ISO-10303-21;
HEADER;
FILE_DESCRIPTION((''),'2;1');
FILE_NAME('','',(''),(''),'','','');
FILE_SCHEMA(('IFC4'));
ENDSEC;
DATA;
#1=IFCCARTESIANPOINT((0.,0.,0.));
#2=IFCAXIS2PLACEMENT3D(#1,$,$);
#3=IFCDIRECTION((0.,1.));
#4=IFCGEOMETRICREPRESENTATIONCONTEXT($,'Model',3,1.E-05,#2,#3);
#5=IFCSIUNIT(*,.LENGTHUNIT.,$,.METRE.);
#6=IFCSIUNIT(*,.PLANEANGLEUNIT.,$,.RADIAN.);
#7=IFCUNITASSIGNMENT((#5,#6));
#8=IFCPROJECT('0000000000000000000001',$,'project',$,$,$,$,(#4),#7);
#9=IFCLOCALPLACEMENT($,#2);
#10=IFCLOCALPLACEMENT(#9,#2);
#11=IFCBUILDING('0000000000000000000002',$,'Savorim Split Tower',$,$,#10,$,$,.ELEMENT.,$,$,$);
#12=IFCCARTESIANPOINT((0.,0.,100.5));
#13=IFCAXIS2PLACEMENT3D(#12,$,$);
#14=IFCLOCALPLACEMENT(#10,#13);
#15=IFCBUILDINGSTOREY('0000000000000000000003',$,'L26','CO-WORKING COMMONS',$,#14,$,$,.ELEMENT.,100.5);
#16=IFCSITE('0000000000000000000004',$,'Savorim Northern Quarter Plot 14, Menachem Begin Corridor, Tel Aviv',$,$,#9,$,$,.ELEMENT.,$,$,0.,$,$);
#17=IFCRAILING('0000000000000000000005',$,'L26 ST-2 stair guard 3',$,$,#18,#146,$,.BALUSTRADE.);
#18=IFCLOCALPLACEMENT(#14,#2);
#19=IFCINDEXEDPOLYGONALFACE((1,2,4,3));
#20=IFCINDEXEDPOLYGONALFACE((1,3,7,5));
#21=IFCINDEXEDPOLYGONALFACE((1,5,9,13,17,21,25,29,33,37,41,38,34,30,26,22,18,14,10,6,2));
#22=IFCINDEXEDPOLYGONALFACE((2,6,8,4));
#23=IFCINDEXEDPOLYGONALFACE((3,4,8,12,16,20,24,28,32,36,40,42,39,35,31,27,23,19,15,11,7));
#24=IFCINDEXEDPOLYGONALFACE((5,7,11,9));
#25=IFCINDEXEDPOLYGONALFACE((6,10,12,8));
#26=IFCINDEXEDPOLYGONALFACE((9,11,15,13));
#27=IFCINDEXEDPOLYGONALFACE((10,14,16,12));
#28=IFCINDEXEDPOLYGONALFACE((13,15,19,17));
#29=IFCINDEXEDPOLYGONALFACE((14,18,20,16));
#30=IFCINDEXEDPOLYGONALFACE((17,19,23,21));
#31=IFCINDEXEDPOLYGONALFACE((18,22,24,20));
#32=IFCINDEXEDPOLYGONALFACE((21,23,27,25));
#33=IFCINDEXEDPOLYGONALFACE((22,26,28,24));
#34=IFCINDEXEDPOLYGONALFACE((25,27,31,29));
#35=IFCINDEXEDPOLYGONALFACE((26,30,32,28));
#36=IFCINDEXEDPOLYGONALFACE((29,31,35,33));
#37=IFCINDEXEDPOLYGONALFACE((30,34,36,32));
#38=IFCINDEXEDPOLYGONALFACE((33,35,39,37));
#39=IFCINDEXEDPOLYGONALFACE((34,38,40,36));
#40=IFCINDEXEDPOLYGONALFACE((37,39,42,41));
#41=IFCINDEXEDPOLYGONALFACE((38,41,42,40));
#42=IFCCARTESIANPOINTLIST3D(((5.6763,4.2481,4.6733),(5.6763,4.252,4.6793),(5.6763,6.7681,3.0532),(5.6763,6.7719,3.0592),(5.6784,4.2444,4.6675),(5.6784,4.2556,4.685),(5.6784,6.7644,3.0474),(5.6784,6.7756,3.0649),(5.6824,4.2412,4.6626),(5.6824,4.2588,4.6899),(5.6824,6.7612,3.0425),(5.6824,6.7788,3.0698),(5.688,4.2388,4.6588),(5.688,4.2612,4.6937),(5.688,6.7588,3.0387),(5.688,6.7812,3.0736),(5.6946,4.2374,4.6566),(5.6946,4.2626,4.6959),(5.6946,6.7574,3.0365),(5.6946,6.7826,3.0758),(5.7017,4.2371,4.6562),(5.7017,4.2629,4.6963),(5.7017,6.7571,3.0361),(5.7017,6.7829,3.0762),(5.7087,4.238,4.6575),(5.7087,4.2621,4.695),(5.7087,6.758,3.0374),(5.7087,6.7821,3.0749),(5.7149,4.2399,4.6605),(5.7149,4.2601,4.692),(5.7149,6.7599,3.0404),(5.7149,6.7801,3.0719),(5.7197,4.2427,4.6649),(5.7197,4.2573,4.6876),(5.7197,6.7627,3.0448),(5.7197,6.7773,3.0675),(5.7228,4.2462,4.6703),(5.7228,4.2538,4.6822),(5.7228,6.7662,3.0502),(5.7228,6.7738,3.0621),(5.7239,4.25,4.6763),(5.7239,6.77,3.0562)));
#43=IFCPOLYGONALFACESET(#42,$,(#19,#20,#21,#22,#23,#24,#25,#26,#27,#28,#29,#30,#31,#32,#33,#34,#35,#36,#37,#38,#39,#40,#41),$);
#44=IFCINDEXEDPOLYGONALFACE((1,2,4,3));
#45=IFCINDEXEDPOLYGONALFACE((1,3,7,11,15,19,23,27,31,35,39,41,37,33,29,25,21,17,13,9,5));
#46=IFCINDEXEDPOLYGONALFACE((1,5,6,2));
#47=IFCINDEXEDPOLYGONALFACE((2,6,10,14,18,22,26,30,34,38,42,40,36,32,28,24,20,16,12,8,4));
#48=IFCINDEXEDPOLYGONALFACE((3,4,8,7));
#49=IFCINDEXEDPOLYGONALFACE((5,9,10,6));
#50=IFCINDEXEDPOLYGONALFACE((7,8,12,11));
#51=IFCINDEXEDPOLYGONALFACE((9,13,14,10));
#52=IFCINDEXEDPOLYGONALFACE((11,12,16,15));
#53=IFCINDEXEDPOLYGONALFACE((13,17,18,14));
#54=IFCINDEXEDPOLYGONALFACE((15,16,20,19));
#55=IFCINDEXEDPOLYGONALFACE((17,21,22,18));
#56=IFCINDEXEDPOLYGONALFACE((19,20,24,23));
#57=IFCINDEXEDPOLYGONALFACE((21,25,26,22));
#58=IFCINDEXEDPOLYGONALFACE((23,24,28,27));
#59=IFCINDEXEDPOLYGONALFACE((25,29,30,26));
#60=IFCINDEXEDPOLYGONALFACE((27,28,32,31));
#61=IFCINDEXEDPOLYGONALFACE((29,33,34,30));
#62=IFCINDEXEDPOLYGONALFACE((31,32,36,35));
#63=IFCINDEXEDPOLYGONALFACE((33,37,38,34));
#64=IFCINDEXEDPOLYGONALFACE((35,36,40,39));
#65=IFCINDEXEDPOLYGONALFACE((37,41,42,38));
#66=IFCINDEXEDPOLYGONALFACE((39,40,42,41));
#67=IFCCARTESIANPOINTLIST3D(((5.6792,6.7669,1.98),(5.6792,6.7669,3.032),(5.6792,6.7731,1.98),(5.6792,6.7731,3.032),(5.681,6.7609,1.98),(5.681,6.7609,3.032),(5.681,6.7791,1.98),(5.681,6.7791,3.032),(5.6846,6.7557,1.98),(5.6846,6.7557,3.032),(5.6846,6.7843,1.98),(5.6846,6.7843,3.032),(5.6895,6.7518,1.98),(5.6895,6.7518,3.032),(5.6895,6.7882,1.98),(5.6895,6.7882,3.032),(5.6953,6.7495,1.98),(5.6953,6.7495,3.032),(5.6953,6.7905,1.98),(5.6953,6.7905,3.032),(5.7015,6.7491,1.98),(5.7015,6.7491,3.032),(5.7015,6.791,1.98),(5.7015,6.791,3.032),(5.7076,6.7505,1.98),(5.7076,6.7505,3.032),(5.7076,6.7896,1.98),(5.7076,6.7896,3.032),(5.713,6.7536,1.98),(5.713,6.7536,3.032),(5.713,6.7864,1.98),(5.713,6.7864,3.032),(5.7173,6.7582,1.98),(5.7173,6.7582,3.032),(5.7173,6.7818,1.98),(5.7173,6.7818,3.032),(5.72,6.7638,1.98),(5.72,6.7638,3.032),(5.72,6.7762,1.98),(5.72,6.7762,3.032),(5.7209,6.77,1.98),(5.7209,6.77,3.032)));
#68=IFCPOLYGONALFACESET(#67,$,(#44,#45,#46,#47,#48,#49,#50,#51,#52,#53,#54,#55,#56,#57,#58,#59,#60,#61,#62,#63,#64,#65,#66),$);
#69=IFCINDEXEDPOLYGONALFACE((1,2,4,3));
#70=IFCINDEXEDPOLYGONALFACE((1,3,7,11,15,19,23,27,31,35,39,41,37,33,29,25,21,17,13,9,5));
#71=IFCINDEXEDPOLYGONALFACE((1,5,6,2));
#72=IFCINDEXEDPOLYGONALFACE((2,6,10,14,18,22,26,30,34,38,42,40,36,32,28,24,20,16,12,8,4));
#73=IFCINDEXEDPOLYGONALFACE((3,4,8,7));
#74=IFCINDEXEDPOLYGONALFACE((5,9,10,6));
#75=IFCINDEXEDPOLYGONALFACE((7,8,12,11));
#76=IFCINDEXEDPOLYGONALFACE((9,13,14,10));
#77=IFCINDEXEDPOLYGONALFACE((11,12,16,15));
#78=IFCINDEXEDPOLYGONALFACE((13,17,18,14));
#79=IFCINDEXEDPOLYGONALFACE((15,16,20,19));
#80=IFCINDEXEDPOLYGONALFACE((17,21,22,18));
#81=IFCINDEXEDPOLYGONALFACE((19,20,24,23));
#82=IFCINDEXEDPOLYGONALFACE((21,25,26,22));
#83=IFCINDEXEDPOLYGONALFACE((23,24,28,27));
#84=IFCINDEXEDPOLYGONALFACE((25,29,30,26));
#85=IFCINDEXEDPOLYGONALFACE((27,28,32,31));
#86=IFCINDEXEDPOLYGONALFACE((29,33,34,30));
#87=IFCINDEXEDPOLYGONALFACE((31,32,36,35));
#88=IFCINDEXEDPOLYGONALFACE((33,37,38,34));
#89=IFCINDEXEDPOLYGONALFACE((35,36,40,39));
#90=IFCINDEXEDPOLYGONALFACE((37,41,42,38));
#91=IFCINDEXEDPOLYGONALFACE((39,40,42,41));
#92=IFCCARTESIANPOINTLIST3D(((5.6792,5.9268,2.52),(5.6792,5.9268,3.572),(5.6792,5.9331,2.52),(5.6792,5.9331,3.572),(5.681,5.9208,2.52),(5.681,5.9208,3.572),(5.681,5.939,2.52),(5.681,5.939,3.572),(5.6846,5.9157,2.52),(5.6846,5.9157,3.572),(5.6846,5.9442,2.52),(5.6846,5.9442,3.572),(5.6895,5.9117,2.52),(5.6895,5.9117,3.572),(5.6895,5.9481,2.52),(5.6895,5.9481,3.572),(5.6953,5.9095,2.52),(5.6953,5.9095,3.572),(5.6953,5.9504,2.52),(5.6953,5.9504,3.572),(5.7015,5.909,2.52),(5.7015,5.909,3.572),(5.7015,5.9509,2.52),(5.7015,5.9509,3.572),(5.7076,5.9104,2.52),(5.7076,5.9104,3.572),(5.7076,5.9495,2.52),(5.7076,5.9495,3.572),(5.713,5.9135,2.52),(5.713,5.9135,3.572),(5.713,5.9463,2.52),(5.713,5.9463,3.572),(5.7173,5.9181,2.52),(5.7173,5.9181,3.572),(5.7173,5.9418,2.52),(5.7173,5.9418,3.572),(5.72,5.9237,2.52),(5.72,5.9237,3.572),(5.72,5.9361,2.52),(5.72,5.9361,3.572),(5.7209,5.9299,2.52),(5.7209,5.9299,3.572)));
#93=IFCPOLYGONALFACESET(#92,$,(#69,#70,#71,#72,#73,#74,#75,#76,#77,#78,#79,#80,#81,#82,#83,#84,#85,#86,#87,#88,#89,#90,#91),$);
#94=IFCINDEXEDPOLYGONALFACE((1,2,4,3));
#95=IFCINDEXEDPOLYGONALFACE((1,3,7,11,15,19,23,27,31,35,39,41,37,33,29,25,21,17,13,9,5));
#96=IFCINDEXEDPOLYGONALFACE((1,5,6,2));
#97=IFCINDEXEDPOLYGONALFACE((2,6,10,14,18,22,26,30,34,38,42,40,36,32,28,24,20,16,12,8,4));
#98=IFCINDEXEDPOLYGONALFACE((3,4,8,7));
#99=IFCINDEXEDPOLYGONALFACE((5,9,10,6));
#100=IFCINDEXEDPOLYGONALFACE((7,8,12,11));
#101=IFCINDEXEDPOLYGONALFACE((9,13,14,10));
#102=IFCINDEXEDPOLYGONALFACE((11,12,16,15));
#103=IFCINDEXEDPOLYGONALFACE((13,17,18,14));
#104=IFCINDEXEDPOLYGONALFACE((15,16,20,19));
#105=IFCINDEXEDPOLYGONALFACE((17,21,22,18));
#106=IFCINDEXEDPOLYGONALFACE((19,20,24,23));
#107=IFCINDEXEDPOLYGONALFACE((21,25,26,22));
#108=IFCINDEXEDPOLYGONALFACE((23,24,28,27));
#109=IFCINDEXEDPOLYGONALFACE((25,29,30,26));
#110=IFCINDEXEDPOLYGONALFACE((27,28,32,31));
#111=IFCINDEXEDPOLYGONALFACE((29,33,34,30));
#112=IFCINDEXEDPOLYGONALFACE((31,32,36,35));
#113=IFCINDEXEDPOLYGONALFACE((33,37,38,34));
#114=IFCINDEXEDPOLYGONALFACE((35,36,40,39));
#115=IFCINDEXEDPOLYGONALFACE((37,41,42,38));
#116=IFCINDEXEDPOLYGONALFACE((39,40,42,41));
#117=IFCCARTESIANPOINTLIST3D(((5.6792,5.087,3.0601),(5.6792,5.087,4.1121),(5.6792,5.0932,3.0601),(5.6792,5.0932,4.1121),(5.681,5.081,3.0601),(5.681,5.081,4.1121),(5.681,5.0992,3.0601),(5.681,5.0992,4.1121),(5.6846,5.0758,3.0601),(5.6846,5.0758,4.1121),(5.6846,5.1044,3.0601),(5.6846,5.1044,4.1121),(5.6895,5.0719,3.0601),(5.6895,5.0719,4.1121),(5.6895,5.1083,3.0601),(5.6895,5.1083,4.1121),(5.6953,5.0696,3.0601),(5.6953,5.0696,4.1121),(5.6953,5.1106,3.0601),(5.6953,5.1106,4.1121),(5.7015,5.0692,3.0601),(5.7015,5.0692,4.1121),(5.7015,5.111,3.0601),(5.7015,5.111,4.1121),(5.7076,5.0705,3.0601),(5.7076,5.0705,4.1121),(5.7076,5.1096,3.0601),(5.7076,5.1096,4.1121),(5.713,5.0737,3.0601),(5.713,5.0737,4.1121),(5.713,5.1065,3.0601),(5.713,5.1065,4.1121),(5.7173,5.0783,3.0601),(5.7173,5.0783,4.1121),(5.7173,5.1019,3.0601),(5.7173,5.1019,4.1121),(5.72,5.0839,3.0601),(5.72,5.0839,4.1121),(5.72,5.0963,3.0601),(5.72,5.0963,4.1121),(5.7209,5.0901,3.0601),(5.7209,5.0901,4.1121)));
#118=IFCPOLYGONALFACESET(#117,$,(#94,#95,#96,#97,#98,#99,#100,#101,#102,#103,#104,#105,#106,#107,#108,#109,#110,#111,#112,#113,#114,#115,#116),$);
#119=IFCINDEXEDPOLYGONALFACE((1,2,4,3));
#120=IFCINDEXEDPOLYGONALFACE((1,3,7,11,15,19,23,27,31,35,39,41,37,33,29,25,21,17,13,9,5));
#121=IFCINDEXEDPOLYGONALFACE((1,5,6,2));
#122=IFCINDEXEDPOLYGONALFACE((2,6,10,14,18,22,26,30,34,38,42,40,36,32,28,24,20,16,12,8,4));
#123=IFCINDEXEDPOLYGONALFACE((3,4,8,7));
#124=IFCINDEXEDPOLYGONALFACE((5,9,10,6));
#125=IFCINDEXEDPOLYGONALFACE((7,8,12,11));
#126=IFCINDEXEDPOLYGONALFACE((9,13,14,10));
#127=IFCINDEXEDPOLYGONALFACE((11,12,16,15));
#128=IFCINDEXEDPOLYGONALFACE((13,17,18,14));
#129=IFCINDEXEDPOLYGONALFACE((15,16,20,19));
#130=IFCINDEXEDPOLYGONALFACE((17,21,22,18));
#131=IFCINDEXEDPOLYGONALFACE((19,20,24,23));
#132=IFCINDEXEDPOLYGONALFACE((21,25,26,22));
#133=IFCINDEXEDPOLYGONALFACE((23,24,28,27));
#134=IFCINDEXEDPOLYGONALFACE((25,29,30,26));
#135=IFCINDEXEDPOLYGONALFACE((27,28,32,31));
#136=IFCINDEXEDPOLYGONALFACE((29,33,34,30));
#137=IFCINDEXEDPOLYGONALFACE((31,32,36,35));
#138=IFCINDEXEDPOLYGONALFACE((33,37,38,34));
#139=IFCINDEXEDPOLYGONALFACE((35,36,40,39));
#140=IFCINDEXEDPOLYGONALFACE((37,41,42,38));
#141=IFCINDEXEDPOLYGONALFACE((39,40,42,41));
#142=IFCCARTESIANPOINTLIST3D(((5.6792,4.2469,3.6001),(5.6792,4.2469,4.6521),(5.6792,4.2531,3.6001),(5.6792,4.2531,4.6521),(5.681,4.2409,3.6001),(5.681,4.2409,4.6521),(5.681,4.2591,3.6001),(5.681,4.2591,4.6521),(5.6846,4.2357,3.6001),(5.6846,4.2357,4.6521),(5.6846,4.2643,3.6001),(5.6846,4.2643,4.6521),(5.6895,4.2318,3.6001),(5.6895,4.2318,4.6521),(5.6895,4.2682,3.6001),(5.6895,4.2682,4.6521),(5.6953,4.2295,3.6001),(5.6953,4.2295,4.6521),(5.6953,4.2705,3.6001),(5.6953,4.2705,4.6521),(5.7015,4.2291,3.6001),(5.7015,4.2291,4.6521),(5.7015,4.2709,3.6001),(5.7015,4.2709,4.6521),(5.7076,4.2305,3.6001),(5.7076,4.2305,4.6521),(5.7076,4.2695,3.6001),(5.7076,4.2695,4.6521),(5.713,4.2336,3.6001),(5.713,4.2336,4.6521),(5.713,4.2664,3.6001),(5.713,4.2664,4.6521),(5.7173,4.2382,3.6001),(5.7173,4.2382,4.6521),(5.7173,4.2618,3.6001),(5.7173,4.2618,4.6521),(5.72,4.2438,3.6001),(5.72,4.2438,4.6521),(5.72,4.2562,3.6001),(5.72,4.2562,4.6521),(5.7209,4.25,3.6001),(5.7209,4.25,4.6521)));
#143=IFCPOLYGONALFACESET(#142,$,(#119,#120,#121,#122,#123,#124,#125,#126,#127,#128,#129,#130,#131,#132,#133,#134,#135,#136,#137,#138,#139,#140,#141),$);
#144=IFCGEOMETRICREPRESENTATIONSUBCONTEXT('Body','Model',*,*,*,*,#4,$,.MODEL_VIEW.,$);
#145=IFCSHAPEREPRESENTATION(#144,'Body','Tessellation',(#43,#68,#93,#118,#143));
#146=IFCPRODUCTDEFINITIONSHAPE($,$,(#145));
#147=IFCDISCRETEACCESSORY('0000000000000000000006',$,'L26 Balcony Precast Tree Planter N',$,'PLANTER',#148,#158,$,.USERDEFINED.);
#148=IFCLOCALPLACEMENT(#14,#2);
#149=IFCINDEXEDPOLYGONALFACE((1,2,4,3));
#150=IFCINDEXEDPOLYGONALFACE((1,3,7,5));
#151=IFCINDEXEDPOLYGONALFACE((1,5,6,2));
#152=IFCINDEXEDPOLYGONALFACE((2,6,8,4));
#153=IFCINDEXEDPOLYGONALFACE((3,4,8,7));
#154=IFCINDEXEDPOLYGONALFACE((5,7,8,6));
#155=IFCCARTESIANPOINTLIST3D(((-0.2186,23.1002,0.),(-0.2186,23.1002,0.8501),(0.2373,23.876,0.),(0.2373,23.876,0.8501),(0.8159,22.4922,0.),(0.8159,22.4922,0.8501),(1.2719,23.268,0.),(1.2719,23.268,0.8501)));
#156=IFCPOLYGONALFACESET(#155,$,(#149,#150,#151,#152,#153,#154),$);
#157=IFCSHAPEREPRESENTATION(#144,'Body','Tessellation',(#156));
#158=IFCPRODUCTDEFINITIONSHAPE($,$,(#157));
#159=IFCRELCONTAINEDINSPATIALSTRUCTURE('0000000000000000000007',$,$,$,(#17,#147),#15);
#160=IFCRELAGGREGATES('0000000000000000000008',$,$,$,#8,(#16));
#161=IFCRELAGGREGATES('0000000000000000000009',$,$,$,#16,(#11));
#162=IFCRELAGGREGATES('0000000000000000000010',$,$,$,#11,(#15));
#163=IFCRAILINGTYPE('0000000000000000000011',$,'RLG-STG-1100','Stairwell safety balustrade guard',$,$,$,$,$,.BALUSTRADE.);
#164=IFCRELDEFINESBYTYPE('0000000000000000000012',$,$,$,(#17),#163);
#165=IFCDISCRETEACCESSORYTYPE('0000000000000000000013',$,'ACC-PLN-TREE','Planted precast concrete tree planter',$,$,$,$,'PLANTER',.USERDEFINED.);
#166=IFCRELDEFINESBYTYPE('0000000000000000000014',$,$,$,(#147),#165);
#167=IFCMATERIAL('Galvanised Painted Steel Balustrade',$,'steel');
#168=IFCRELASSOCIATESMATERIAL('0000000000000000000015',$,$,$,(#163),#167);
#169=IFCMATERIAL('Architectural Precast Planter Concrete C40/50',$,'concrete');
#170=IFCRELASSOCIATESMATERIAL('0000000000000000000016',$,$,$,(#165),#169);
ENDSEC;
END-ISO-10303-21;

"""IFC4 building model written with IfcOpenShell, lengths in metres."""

from ifc_helpers import new_model, si_unit, direction, frame, origin, origin_2d, place, context, subcontext, project, spatial, rectangle, circle, extrude, material, type_object, element, save


model = new_model("IFC4")

# Units and contexts
model_context = context("Model", 3, precision=1e-05, world=origin(), true_north=direction((0.0, 1.0)))
body_context = subcontext(model_context, "Body", "Model", "MODEL_VIEW")
ifc_project = project(units=[si_unit("LENGTHUNIT", "METRE"), si_unit("PLANEANGLEUNIT", "RADIAN")], contexts=[model_context])

# Site, building, storey
site_placement = place(None, origin())
site = spatial("IfcSite", under=ifc_project, at=site_placement, Name="Savorim Northern Quarter Plot 14, Menachem Begin Corridor, Tel Aviv", CompositionType="ELEMENT", RefElevation=0.0)
building_placement = place(site_placement, origin())
building = spatial("IfcBuilding", under=site, at=building_placement, Name="Savorim Split Tower", CompositionType="ELEMENT")
storey_placement = place(building_placement, frame((0.0, 0.0, 100.5)))
storey = spatial("IfcBuildingStorey", under=building, at=storey_placement, Name="L26", Description="CO-WORKING COMMONS", CompositionType="ELEMENT", Elevation=100.5)

# Railing
ifc_material_1 = material(Name="Galvanised Painted Steel Balustrade", Category="steel")
railing_type_1 = type_object("IfcRailingType", Name="RLG-STG-1100", Description="Stairwell safety balustrade guard", PredefinedType="BALUSTRADE", material=ifc_material_1)
railing_1_placement = place(storey_placement, frame((5.7, 6.77, 1.98)))
element("IfcRailing", 1, at=railing_1_placement, inside=storey, type_object=railing_type_1, Name="L26 ST-2 stair guard 3", PredefinedType="BALUSTRADE", context=body_context, shape_type="SweptSolid", body=[
    extrude(circle(Radius=0.0239, at=origin_2d()), frame((0.0, 0.0, 1.0762), z_axis=(0.0, -0.841163, 0.540782), x_axis=(1.0, 0.0, 0.0)), (0.0, 0.0, 1.0), 2.9958),
    extrude(circle(Radius=0.021, at=origin_2d()), origin(), (0.0, 0.0, 1.0), 1.052),
    extrude(circle(Radius=0.021, at=origin_2d()), frame((0.0, -0.8401, 0.54)), (0.0, 0.0, 1.0), 1.052),
    extrude(circle(Radius=0.021, at=origin_2d()), frame((0.0, -1.6799, 1.0801)), (0.0, 0.0, 1.0), 1.052),
    extrude(circle(Radius=0.021, at=origin_2d()), frame((0.0, -2.52, 1.6201)), (0.0, 0.0, 1.0), 1.052),
])

# Discrete accessory
ifc_material_2 = material(Name="Architectural Precast Planter Concrete C40/50", Category="concrete")
discrete_accessory_type = type_object("IfcDiscreteAccessoryType", Name="ACC-PLN-TREE", Description="Planted precast concrete tree planter", ElementType="PLANTER", PredefinedType="USERDEFINED", material=ifc_material_2)
discrete_accessory_placement = place(storey_placement, frame((0.5266, 23.1841, 0.0), z_axis=(0.0, 0.0, 1.0), x_axis=(-0.862122, 0.5067, 0.0)))
element("IfcDiscreteAccessory", 2, at=discrete_accessory_placement, inside=storey, type_object=discrete_accessory_type, Name="L26 Balcony Precast Tree Planter N", ObjectType="PLANTER", PredefinedType="USERDEFINED", context=body_context, shape_type="SweptSolid", body=[
    extrude(rectangle(XDim=1.2, YDim=0.8999, at=origin_2d()), origin(), (0.0, 0.0, 1.0), 0.8501),
])

save(model, "model.ifc")
